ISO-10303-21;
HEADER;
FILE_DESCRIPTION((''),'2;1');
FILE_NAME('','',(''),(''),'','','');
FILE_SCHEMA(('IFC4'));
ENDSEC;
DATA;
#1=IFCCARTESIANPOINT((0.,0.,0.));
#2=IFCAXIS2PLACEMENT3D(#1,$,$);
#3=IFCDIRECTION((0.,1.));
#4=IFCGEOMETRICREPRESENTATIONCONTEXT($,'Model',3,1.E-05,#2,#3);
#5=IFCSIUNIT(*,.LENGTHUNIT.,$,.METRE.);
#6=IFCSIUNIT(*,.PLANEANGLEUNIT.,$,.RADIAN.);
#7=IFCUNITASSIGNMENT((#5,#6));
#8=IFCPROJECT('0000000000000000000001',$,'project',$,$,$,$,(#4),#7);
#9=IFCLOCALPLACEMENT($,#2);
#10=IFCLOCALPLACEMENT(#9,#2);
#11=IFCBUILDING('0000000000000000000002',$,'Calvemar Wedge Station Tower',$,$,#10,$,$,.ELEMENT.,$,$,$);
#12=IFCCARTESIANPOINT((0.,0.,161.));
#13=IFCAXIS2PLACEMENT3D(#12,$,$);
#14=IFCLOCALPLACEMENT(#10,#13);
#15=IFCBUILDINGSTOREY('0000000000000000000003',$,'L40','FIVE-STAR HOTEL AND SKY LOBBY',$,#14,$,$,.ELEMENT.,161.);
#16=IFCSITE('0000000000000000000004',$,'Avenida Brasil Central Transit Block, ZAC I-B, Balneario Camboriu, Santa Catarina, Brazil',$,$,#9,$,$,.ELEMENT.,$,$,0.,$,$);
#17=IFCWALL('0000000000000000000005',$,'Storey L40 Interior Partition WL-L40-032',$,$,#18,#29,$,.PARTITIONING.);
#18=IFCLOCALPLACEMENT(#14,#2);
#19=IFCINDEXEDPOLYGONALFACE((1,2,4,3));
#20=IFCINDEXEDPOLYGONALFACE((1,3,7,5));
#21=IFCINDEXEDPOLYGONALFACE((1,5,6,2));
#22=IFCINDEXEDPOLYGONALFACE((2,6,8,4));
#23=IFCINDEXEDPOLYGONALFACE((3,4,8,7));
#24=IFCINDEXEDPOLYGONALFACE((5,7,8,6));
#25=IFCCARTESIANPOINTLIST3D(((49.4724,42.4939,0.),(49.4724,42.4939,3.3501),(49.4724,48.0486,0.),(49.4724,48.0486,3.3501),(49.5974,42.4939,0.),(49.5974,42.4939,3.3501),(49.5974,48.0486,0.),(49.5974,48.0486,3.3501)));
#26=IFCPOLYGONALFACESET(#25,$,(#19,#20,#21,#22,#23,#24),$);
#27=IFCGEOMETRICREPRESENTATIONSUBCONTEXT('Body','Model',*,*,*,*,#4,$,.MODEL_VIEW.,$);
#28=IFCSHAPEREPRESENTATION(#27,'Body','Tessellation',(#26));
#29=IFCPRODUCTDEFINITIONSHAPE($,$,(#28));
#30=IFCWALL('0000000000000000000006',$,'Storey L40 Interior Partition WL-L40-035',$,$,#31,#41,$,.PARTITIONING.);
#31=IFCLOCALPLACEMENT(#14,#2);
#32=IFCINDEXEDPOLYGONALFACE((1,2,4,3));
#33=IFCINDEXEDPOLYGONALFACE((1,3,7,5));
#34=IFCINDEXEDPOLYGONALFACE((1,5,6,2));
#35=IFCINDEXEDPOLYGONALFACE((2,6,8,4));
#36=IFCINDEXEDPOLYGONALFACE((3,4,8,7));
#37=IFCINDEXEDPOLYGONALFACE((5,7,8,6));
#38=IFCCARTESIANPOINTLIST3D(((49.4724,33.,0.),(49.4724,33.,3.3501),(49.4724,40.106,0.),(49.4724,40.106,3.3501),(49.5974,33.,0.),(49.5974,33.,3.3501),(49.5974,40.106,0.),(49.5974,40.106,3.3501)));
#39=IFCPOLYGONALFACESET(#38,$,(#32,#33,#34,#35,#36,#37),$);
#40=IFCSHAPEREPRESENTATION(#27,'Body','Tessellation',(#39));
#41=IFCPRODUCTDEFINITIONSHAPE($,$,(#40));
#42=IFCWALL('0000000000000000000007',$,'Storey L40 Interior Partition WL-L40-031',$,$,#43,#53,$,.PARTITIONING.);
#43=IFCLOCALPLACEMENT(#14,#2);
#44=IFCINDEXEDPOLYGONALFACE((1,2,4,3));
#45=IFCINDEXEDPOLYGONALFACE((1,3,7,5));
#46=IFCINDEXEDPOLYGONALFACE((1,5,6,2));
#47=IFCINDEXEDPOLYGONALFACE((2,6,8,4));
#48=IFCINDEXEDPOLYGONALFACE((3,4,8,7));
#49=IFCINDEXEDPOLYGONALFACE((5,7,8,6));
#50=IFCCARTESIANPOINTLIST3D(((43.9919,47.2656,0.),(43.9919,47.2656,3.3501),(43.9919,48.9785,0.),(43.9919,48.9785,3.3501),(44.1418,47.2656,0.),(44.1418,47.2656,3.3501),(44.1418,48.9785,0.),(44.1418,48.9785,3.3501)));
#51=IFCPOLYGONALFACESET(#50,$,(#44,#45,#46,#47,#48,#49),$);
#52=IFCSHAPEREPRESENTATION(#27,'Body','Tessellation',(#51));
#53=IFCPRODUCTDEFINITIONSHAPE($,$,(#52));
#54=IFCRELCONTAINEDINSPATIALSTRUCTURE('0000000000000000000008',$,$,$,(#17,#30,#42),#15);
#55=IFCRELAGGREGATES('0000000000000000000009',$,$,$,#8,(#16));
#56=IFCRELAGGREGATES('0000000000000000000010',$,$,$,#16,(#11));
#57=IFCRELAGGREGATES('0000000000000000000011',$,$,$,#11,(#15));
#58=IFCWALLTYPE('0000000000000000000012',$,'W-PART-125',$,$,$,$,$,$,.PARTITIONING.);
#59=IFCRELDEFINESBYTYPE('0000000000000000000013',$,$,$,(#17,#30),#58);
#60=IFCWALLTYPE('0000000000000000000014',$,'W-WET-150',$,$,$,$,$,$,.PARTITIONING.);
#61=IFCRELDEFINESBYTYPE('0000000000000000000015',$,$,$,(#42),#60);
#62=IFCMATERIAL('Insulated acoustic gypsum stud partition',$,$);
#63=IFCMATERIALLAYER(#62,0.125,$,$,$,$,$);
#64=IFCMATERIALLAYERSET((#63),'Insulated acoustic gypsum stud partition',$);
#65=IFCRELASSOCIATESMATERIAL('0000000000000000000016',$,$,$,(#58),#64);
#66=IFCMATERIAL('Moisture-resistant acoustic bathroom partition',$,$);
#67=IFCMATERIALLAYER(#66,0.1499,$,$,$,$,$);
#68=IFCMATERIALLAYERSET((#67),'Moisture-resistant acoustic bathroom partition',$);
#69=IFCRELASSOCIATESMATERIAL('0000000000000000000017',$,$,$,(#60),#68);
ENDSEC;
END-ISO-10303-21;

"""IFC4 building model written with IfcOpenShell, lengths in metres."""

from ifc_helpers import new_model, si_unit, direction, frame, frame_2d, origin, place, context, subcontext, project, spatial, rectangle, extrude, material, layer, layer_set, type_object, element, save


model = new_model("IFC4")

# Units and contexts
model_context = context("Model", 3, precision=1e-05, world=origin(), true_north=direction((0.0, 1.0)))
body_context = subcontext(model_context, "Body", "Model", "MODEL_VIEW")
ifc_project = project(units=[si_unit("LENGTHUNIT", "METRE"), si_unit("PLANEANGLEUNIT", "RADIAN")], contexts=[model_context])

# Site, building, storey
site_placement = place(None, origin())
site = spatial("IfcSite", under=ifc_project, at=site_placement, Name="Avenida Brasil Central Transit Block, ZAC I-B, Balneario Camboriu, Santa Catarina, Brazil", CompositionType="ELEMENT", RefElevation=0.0)
building_placement = place(site_placement, origin())
building = spatial("IfcBuilding", under=site, at=building_placement, Name="Calvemar Wedge Station Tower", CompositionType="ELEMENT")
storey_placement = place(building_placement, frame((0.0, 0.0, 161.0)))
storey = spatial("IfcBuildingStorey", under=building, at=storey_placement, Name="L40", Description="FIVE-STAR HOTEL AND SKY LOBBY", CompositionType="ELEMENT", Elevation=161.0)

# Walls
ifc_material_1 = material(Name="Insulated acoustic gypsum stud partition")
ifc_layer_1 = layer(ifc_material_1, 0.125)
ifc_layer_set_1 = layer_set([ifc_layer_1], Name="Insulated acoustic gypsum stud partition")
wall_type_1 = type_object("IfcWallType", Name="W-PART-125", PredefinedType="PARTITIONING", material=ifc_layer_set_1)
wall_1_placement = place(storey_placement, frame((49.5349, 48.0486, 0.0), z_axis=(0.0, 0.0, 1.0), x_axis=(0.0, -1.0, 0.0)))
element("IfcWall", 1, at=wall_1_placement, inside=storey, type_object=wall_type_1, Name="Storey L40 Interior Partition WL-L40-032", PredefinedType="PARTITIONING", context=body_context, shape_type="SweptSolid", body=[
    extrude(rectangle(XDim=5.5547, YDim=0.125, at=frame_2d((2.7773, 0.0))), origin(), (0.0, 0.0, 1.0), 3.3501),
])
wall_2_placement = place(storey_placement, frame((49.5349, 40.106, 0.0), z_axis=(0.0, 0.0, 1.0), x_axis=(0.0, -1.0, 0.0)))
element("IfcWall", 2, at=wall_2_placement, inside=storey, type_object=wall_type_1, Name="Storey L40 Interior Partition WL-L40-035", PredefinedType="PARTITIONING", context=body_context, shape_type="SweptSolid", body=[
    extrude(rectangle(XDim=7.106, YDim=0.125, at=frame_2d((3.553, 0.0))), origin(), (0.0, 0.0, 1.0), 3.3501),
])

# Shared definitions
ifc_material_2 = material(Name="Moisture-resistant acoustic bathroom partition")
ifc_layer_2 = layer(ifc_material_2, 0.1499)
ifc_layer_set_2 = layer_set([ifc_layer_2], Name="Moisture-resistant acoustic bathroom partition")
wall_type_2 = type_object("IfcWallType", Name="W-WET-150", PredefinedType="PARTITIONING", material=ifc_layer_set_2)

# Wall
wall_3_placement = place(storey_placement, frame((44.0669, 48.9785, 0.0), z_axis=(0.0, 0.0, 1.0), x_axis=(0.0, -1.0, 0.0)))
element("IfcWall", 3, at=wall_3_placement, inside=storey, type_object=wall_type_2, Name="Storey L40 Interior Partition WL-L40-031", PredefinedType="PARTITIONING", context=body_context, shape_type="SweptSolid", body=[
    extrude(rectangle(XDim=1.7129, YDim=0.1499, at=frame_2d((0.8564, 0.0))), origin(), (0.0, 0.0, 1.0), 3.3501),
])

save(model, "model.ifc")
